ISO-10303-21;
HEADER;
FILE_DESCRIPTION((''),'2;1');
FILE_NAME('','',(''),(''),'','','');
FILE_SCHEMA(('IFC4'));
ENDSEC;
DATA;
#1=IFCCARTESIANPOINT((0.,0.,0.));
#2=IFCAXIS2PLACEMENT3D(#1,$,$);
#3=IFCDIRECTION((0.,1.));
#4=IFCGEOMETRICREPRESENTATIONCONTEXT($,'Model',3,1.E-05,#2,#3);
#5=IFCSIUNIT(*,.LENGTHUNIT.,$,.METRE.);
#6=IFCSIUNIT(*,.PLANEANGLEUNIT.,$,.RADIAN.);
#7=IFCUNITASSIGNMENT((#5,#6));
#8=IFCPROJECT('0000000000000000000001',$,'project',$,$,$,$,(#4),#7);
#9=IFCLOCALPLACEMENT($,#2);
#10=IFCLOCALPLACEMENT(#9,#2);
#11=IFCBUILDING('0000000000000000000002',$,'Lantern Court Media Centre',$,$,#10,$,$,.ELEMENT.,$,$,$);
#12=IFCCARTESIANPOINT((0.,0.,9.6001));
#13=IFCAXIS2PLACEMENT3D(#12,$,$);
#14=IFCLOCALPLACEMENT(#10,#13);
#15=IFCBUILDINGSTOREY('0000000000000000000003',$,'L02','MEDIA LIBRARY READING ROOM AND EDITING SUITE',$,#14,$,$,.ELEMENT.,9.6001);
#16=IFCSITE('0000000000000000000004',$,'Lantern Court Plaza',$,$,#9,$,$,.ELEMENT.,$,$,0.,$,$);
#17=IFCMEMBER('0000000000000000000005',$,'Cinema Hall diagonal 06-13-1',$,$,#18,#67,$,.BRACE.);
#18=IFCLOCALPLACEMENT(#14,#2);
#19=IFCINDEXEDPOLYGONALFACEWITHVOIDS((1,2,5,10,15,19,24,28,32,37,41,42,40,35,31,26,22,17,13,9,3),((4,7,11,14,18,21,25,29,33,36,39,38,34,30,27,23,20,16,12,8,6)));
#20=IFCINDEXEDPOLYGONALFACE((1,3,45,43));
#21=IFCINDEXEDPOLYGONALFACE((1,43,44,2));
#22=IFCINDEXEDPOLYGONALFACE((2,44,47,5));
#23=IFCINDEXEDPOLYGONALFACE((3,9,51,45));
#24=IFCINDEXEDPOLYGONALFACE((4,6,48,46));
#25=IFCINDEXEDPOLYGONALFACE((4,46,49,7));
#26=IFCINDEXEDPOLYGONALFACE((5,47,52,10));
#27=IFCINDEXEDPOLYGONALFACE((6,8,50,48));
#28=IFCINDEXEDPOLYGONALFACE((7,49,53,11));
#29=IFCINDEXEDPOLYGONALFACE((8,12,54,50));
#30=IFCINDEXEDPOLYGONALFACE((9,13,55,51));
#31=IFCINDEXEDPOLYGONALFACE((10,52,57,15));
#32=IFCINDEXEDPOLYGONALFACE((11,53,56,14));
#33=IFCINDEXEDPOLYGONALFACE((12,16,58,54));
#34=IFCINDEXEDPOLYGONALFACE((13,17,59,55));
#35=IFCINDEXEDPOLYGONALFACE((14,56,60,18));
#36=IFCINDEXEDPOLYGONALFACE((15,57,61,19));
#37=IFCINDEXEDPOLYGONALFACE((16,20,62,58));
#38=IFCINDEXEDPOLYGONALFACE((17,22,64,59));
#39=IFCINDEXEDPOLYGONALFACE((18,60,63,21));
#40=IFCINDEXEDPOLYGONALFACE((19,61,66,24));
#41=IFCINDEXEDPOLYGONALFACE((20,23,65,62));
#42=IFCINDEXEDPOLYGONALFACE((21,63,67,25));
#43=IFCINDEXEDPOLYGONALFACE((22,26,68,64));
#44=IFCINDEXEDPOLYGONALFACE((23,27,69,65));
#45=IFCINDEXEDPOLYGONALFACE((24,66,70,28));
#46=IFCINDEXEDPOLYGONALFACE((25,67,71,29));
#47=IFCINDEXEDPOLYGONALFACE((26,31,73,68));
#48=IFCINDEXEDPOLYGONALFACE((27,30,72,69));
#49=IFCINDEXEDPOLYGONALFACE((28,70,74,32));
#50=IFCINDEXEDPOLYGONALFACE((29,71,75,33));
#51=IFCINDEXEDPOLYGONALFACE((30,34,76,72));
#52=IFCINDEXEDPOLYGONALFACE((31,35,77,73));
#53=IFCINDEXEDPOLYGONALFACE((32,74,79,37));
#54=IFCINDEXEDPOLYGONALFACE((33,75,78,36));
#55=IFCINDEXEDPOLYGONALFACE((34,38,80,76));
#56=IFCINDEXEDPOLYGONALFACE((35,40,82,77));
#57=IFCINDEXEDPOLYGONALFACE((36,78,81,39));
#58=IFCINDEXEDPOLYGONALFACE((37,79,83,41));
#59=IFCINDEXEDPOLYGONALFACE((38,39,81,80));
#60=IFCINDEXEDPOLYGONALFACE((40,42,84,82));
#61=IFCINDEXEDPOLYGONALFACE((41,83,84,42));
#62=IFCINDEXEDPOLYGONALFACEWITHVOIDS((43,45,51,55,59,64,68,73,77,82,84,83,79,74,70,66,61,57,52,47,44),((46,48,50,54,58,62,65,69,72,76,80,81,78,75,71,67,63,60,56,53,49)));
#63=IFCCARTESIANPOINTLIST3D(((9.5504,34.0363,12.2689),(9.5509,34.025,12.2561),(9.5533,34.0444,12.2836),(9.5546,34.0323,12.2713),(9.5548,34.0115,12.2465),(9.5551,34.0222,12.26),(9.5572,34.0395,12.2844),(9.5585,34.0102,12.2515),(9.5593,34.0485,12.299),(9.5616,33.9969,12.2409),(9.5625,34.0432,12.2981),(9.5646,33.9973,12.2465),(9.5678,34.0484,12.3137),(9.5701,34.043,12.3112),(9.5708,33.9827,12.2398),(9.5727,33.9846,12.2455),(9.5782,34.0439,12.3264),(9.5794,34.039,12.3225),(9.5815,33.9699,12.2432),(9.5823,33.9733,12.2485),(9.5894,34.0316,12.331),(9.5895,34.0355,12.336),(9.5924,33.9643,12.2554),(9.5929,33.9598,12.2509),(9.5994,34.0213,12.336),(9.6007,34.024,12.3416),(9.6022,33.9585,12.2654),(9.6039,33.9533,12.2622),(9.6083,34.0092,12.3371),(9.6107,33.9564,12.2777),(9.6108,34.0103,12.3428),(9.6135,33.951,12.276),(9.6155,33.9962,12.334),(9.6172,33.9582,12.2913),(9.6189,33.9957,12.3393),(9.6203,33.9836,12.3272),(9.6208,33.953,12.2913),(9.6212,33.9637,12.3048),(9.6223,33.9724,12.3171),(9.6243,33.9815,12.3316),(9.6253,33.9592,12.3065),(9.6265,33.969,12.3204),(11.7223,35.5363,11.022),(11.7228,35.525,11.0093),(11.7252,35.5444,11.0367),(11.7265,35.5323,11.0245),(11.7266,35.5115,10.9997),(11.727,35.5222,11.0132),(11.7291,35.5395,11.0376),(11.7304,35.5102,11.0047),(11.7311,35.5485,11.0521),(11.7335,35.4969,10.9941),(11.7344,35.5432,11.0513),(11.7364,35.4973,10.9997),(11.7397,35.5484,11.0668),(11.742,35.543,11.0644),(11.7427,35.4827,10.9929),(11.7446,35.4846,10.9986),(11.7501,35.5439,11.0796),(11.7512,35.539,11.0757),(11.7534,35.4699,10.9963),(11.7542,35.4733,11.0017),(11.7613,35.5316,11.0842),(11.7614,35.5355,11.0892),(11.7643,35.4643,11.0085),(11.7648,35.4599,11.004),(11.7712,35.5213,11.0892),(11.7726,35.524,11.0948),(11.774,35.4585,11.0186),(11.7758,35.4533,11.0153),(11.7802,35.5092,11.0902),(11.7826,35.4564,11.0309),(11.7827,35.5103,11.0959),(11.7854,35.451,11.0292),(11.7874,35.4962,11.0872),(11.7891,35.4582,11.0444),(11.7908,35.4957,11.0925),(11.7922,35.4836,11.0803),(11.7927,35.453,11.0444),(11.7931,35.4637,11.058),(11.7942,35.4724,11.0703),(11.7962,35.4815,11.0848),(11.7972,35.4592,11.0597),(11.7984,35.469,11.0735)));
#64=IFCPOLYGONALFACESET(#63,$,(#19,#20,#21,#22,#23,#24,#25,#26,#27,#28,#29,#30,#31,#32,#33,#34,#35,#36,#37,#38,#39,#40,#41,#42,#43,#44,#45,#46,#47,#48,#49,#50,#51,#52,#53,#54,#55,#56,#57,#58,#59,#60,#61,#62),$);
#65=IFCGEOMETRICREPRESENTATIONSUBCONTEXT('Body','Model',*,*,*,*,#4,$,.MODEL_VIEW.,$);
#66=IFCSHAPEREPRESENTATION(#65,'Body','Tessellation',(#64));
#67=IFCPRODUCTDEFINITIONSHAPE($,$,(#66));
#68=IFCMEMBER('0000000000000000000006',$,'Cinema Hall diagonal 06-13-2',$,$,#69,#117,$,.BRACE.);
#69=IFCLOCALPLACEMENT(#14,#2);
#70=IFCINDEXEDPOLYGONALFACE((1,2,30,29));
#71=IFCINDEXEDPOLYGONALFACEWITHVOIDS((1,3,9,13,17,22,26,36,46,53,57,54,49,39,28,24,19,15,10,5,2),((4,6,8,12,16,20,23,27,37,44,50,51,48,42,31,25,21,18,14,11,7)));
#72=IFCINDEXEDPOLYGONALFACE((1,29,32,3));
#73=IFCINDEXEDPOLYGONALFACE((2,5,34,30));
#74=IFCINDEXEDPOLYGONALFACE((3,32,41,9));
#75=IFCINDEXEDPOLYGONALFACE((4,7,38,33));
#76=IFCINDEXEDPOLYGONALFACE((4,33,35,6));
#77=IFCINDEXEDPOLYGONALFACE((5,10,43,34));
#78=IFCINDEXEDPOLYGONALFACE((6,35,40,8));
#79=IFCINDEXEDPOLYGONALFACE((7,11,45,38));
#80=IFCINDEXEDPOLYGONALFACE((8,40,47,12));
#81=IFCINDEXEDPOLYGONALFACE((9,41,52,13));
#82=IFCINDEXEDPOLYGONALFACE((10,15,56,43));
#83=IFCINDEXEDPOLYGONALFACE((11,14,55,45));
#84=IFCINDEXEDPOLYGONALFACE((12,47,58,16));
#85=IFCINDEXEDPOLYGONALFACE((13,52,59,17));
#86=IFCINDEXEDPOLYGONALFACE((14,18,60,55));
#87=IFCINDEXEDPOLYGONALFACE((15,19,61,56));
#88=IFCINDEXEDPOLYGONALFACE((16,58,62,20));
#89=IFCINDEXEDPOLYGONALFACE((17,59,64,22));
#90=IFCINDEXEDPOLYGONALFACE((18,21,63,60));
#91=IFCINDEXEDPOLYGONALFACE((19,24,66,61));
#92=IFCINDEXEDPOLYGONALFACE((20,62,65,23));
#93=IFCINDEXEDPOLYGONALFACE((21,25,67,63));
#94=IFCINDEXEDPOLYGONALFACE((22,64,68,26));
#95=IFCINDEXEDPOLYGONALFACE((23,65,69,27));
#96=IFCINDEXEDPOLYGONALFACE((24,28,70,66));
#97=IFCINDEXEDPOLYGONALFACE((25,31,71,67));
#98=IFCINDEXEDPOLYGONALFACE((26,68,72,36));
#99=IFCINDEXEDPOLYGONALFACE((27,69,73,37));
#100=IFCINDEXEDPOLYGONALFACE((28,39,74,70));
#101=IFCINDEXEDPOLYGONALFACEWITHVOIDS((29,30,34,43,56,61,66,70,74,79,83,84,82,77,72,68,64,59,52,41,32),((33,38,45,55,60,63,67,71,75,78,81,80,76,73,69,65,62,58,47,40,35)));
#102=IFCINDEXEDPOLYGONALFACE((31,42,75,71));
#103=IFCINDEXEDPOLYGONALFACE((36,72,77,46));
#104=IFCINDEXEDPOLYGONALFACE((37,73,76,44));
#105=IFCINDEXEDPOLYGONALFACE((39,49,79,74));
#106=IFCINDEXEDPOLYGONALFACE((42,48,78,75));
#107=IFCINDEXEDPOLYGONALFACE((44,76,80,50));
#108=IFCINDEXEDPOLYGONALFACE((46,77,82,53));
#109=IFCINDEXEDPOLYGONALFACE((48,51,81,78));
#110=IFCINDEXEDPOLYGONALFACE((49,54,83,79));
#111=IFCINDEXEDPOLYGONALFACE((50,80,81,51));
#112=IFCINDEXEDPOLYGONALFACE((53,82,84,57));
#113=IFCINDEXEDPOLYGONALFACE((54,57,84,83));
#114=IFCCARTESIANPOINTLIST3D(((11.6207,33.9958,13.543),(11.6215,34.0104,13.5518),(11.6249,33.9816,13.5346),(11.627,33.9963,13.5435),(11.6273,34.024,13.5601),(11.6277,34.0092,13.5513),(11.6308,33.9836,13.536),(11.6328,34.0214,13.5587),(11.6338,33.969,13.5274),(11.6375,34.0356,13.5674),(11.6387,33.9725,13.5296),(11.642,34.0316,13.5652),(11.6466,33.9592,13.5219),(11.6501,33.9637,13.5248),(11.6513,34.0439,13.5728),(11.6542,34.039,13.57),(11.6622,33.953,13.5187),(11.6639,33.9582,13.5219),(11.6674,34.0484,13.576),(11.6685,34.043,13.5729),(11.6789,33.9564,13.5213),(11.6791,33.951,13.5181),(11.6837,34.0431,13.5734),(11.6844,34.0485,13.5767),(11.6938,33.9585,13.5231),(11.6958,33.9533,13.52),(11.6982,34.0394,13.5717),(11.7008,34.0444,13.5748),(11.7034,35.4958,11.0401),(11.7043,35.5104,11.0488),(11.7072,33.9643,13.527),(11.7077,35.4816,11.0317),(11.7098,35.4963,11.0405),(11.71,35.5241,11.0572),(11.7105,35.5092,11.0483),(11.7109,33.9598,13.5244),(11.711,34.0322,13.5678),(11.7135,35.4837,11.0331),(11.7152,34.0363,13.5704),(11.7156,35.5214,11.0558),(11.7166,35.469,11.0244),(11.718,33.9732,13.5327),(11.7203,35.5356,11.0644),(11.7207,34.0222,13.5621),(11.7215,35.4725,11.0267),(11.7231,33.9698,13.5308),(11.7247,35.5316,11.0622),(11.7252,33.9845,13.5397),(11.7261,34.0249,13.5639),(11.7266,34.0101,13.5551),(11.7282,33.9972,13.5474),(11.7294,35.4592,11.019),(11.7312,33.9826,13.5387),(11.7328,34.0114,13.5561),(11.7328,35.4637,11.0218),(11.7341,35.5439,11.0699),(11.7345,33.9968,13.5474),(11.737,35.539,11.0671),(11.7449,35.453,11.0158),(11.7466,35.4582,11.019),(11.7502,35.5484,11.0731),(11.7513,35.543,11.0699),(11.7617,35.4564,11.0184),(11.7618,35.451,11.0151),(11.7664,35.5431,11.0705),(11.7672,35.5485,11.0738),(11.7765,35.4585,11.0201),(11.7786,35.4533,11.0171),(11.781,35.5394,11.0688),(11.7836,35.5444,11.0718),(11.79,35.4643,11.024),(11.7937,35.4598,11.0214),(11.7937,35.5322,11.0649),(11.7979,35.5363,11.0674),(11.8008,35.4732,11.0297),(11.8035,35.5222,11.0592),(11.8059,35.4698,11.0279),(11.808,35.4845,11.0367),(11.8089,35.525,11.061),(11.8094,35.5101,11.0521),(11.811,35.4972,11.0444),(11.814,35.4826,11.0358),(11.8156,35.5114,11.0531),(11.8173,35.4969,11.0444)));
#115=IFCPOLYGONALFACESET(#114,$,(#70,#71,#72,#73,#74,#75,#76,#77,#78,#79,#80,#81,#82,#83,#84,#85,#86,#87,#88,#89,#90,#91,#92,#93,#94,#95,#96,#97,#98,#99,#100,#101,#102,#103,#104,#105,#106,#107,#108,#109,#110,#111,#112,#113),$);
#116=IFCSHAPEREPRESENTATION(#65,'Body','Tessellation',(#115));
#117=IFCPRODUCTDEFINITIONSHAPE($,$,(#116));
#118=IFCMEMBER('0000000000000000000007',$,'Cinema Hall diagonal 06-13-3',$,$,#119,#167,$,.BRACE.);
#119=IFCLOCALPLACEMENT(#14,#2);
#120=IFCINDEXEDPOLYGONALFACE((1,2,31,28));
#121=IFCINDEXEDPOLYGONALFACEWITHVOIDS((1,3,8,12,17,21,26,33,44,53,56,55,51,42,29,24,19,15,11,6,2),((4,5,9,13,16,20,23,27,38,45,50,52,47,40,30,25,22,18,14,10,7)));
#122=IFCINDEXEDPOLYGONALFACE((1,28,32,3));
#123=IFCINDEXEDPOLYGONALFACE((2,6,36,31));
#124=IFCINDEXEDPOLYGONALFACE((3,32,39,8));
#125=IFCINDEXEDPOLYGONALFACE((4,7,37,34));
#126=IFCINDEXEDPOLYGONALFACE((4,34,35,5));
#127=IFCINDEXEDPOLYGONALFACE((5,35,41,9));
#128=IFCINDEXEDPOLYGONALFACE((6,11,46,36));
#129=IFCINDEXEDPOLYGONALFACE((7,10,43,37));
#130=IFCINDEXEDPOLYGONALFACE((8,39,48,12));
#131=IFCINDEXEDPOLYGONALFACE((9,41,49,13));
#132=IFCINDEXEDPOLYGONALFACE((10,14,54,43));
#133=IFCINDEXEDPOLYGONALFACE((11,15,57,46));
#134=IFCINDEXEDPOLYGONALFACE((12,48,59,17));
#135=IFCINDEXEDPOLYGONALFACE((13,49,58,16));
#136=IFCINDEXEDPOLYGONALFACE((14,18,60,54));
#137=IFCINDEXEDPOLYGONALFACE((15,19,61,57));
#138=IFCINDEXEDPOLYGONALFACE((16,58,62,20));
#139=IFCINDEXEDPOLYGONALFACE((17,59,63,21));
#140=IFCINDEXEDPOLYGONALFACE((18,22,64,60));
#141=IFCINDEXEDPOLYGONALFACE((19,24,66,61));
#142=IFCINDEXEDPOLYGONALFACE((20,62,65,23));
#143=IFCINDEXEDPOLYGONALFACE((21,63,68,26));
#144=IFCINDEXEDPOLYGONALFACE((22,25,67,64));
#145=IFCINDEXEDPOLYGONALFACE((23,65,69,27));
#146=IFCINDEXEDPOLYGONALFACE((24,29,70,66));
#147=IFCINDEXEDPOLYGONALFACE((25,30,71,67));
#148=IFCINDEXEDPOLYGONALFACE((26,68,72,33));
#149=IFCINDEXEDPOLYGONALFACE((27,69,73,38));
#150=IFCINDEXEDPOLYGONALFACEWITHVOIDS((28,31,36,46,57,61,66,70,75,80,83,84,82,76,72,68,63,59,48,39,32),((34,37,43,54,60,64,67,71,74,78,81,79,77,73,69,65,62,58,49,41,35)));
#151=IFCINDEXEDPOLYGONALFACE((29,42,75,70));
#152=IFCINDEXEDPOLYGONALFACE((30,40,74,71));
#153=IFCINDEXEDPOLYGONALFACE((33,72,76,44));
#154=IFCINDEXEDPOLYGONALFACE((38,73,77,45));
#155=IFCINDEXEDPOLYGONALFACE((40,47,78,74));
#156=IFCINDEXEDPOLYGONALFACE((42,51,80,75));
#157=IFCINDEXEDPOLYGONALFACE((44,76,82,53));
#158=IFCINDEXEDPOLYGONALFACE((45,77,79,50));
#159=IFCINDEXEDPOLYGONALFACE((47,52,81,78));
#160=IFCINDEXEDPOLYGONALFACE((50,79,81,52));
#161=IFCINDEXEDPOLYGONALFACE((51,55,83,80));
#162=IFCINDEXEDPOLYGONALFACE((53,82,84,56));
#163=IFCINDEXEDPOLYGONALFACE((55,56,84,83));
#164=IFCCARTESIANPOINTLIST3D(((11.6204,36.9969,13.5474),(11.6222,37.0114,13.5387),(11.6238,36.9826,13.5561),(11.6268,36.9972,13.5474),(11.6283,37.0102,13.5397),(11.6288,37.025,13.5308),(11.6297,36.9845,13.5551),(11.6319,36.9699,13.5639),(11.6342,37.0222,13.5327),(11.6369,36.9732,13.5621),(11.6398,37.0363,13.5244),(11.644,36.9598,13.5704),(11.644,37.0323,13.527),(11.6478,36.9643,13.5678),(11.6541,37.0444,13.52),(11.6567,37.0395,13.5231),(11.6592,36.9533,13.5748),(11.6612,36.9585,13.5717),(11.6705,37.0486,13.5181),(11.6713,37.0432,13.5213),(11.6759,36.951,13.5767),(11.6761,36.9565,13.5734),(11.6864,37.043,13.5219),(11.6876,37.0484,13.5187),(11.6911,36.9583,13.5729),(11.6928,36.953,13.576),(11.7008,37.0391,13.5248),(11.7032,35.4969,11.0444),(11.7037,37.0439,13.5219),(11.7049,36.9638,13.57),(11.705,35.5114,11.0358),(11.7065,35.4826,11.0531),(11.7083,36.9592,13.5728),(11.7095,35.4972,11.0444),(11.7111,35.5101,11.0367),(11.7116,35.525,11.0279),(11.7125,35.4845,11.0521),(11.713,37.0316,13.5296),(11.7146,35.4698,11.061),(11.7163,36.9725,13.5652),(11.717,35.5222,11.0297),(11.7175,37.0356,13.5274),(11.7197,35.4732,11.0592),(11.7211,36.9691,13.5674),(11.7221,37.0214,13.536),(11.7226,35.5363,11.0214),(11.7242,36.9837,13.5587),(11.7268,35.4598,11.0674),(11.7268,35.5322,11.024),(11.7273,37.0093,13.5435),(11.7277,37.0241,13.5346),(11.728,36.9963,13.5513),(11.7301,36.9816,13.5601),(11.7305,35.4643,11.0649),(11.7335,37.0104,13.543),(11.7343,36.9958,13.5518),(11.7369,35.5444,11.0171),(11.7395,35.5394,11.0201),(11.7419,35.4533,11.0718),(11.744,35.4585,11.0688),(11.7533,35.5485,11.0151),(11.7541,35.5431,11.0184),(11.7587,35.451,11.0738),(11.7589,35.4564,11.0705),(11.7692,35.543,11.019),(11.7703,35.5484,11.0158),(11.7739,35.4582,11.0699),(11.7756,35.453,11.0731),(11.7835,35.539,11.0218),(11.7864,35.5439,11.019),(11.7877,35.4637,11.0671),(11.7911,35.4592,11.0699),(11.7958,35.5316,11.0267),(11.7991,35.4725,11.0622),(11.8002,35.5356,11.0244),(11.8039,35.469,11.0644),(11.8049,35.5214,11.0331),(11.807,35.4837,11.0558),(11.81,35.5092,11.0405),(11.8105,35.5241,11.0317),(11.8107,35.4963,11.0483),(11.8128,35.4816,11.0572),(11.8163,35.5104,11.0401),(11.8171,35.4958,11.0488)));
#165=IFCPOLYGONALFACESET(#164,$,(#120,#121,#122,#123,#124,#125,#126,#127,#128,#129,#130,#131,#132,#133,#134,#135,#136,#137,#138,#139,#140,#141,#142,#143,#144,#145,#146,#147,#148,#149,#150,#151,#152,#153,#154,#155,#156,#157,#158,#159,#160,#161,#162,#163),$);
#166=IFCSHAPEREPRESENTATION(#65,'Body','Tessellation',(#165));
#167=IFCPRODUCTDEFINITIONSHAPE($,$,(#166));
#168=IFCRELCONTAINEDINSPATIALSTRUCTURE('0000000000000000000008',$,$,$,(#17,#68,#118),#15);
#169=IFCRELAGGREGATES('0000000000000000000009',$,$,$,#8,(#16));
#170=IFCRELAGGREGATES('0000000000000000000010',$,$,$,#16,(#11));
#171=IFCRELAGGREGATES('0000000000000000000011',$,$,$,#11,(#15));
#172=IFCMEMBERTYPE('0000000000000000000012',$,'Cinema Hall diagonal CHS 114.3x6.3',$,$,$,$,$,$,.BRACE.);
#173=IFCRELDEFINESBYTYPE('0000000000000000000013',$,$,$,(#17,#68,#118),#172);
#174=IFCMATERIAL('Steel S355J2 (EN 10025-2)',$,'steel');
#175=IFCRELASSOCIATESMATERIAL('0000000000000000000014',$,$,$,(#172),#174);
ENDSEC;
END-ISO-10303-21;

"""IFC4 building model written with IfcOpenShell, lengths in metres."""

from ifc_helpers import new_model, si_unit, direction, frame, origin, origin_2d, place, context, subcontext, project, spatial, hollow_circle, extrude, material, material_profile, profile_set, type_object, element, save


model = new_model("IFC4")

# Units and contexts
model_context = context("Model", 3, precision=1e-05, world=origin(), true_north=direction((0.0, 1.0)))
body_context = subcontext(model_context, "Body", "Model", "MODEL_VIEW")
ifc_project = project(units=[si_unit("LENGTHUNIT", "METRE"), si_unit("PLANEANGLEUNIT", "RADIAN")], contexts=[model_context])

# Site, building, storey
site_placement = place(None, origin())
site = spatial("IfcSite", under=ifc_project, at=site_placement, Name="Lantern Court Plaza", CompositionType="ELEMENT", RefElevation=0.0)
building_placement = place(site_placement, origin())
building = spatial("IfcBuilding", under=site, at=building_placement, Name="Lantern Court Media Centre", CompositionType="ELEMENT")
storey_placement = place(building_placement, frame((0.0, 0.0, 9.6001)))
storey = spatial("IfcBuildingStorey", under=building, at=storey_placement, Name="L02", Description="MEDIA LIBRARY READING ROOM AND EDITING SUITE", CompositionType="ELEMENT", Elevation=9.6001)

# Members
ifc_material = material(Name="Steel S355J2 (EN 10025-2)", Category="steel")
ifc_material_profile_1 = material_profile(ifc_material, hollow_circle(Radius=0.0571, WallThickness=0.0063, at=origin_2d()), Name="Cinema Hall diagonal CHS 114.3x6.3")
ifc_profile_set_1 = profile_set([ifc_material_profile_1], Name="Steel S355J2 (EN 10025-2)")
member_type_1 = type_object("IfcMemberType", Name="Cinema Hall diagonal CHS 114.3x6.3", PredefinedType="BRACE", material=ifc_profile_set_1)
for number, where, z_axis, x_axis, name in (
    (1, (11.7603, 35.5, 11.0444), (-0.744002, -0.513843, 0.427115), (0.568286, -0.822831, 0.0), "Cinema Hall diagonal 06-13-1"),
    (2, (11.7603, 35.5, 11.0444), (-0.028352, -0.513846, 0.857414), (0.998481, -0.055092, 0.0), "Cinema Hall diagonal 06-13-2"),
    (3, (11.7603, 35.5, 11.0444), (-0.028352, 0.513846, 0.857414), (-0.998481, -0.055092, 0.0), "Cinema Hall diagonal 06-13-3"),
):
    element("IfcMember", number, at=place(storey_placement, frame(where, z_axis=z_axis, x_axis=x_axis)), inside=storey, type_object=member_type_1, Name=name, PredefinedType="BRACE", context=body_context, shape_type="SweptSolid", body=[
        extrude(hollow_circle(Radius=0.0571, WallThickness=0.0063, at=origin_2d()), origin(), (0.0, 0.0, 1.0), 2.9192),
    ])

save(model, "model.ifc")
